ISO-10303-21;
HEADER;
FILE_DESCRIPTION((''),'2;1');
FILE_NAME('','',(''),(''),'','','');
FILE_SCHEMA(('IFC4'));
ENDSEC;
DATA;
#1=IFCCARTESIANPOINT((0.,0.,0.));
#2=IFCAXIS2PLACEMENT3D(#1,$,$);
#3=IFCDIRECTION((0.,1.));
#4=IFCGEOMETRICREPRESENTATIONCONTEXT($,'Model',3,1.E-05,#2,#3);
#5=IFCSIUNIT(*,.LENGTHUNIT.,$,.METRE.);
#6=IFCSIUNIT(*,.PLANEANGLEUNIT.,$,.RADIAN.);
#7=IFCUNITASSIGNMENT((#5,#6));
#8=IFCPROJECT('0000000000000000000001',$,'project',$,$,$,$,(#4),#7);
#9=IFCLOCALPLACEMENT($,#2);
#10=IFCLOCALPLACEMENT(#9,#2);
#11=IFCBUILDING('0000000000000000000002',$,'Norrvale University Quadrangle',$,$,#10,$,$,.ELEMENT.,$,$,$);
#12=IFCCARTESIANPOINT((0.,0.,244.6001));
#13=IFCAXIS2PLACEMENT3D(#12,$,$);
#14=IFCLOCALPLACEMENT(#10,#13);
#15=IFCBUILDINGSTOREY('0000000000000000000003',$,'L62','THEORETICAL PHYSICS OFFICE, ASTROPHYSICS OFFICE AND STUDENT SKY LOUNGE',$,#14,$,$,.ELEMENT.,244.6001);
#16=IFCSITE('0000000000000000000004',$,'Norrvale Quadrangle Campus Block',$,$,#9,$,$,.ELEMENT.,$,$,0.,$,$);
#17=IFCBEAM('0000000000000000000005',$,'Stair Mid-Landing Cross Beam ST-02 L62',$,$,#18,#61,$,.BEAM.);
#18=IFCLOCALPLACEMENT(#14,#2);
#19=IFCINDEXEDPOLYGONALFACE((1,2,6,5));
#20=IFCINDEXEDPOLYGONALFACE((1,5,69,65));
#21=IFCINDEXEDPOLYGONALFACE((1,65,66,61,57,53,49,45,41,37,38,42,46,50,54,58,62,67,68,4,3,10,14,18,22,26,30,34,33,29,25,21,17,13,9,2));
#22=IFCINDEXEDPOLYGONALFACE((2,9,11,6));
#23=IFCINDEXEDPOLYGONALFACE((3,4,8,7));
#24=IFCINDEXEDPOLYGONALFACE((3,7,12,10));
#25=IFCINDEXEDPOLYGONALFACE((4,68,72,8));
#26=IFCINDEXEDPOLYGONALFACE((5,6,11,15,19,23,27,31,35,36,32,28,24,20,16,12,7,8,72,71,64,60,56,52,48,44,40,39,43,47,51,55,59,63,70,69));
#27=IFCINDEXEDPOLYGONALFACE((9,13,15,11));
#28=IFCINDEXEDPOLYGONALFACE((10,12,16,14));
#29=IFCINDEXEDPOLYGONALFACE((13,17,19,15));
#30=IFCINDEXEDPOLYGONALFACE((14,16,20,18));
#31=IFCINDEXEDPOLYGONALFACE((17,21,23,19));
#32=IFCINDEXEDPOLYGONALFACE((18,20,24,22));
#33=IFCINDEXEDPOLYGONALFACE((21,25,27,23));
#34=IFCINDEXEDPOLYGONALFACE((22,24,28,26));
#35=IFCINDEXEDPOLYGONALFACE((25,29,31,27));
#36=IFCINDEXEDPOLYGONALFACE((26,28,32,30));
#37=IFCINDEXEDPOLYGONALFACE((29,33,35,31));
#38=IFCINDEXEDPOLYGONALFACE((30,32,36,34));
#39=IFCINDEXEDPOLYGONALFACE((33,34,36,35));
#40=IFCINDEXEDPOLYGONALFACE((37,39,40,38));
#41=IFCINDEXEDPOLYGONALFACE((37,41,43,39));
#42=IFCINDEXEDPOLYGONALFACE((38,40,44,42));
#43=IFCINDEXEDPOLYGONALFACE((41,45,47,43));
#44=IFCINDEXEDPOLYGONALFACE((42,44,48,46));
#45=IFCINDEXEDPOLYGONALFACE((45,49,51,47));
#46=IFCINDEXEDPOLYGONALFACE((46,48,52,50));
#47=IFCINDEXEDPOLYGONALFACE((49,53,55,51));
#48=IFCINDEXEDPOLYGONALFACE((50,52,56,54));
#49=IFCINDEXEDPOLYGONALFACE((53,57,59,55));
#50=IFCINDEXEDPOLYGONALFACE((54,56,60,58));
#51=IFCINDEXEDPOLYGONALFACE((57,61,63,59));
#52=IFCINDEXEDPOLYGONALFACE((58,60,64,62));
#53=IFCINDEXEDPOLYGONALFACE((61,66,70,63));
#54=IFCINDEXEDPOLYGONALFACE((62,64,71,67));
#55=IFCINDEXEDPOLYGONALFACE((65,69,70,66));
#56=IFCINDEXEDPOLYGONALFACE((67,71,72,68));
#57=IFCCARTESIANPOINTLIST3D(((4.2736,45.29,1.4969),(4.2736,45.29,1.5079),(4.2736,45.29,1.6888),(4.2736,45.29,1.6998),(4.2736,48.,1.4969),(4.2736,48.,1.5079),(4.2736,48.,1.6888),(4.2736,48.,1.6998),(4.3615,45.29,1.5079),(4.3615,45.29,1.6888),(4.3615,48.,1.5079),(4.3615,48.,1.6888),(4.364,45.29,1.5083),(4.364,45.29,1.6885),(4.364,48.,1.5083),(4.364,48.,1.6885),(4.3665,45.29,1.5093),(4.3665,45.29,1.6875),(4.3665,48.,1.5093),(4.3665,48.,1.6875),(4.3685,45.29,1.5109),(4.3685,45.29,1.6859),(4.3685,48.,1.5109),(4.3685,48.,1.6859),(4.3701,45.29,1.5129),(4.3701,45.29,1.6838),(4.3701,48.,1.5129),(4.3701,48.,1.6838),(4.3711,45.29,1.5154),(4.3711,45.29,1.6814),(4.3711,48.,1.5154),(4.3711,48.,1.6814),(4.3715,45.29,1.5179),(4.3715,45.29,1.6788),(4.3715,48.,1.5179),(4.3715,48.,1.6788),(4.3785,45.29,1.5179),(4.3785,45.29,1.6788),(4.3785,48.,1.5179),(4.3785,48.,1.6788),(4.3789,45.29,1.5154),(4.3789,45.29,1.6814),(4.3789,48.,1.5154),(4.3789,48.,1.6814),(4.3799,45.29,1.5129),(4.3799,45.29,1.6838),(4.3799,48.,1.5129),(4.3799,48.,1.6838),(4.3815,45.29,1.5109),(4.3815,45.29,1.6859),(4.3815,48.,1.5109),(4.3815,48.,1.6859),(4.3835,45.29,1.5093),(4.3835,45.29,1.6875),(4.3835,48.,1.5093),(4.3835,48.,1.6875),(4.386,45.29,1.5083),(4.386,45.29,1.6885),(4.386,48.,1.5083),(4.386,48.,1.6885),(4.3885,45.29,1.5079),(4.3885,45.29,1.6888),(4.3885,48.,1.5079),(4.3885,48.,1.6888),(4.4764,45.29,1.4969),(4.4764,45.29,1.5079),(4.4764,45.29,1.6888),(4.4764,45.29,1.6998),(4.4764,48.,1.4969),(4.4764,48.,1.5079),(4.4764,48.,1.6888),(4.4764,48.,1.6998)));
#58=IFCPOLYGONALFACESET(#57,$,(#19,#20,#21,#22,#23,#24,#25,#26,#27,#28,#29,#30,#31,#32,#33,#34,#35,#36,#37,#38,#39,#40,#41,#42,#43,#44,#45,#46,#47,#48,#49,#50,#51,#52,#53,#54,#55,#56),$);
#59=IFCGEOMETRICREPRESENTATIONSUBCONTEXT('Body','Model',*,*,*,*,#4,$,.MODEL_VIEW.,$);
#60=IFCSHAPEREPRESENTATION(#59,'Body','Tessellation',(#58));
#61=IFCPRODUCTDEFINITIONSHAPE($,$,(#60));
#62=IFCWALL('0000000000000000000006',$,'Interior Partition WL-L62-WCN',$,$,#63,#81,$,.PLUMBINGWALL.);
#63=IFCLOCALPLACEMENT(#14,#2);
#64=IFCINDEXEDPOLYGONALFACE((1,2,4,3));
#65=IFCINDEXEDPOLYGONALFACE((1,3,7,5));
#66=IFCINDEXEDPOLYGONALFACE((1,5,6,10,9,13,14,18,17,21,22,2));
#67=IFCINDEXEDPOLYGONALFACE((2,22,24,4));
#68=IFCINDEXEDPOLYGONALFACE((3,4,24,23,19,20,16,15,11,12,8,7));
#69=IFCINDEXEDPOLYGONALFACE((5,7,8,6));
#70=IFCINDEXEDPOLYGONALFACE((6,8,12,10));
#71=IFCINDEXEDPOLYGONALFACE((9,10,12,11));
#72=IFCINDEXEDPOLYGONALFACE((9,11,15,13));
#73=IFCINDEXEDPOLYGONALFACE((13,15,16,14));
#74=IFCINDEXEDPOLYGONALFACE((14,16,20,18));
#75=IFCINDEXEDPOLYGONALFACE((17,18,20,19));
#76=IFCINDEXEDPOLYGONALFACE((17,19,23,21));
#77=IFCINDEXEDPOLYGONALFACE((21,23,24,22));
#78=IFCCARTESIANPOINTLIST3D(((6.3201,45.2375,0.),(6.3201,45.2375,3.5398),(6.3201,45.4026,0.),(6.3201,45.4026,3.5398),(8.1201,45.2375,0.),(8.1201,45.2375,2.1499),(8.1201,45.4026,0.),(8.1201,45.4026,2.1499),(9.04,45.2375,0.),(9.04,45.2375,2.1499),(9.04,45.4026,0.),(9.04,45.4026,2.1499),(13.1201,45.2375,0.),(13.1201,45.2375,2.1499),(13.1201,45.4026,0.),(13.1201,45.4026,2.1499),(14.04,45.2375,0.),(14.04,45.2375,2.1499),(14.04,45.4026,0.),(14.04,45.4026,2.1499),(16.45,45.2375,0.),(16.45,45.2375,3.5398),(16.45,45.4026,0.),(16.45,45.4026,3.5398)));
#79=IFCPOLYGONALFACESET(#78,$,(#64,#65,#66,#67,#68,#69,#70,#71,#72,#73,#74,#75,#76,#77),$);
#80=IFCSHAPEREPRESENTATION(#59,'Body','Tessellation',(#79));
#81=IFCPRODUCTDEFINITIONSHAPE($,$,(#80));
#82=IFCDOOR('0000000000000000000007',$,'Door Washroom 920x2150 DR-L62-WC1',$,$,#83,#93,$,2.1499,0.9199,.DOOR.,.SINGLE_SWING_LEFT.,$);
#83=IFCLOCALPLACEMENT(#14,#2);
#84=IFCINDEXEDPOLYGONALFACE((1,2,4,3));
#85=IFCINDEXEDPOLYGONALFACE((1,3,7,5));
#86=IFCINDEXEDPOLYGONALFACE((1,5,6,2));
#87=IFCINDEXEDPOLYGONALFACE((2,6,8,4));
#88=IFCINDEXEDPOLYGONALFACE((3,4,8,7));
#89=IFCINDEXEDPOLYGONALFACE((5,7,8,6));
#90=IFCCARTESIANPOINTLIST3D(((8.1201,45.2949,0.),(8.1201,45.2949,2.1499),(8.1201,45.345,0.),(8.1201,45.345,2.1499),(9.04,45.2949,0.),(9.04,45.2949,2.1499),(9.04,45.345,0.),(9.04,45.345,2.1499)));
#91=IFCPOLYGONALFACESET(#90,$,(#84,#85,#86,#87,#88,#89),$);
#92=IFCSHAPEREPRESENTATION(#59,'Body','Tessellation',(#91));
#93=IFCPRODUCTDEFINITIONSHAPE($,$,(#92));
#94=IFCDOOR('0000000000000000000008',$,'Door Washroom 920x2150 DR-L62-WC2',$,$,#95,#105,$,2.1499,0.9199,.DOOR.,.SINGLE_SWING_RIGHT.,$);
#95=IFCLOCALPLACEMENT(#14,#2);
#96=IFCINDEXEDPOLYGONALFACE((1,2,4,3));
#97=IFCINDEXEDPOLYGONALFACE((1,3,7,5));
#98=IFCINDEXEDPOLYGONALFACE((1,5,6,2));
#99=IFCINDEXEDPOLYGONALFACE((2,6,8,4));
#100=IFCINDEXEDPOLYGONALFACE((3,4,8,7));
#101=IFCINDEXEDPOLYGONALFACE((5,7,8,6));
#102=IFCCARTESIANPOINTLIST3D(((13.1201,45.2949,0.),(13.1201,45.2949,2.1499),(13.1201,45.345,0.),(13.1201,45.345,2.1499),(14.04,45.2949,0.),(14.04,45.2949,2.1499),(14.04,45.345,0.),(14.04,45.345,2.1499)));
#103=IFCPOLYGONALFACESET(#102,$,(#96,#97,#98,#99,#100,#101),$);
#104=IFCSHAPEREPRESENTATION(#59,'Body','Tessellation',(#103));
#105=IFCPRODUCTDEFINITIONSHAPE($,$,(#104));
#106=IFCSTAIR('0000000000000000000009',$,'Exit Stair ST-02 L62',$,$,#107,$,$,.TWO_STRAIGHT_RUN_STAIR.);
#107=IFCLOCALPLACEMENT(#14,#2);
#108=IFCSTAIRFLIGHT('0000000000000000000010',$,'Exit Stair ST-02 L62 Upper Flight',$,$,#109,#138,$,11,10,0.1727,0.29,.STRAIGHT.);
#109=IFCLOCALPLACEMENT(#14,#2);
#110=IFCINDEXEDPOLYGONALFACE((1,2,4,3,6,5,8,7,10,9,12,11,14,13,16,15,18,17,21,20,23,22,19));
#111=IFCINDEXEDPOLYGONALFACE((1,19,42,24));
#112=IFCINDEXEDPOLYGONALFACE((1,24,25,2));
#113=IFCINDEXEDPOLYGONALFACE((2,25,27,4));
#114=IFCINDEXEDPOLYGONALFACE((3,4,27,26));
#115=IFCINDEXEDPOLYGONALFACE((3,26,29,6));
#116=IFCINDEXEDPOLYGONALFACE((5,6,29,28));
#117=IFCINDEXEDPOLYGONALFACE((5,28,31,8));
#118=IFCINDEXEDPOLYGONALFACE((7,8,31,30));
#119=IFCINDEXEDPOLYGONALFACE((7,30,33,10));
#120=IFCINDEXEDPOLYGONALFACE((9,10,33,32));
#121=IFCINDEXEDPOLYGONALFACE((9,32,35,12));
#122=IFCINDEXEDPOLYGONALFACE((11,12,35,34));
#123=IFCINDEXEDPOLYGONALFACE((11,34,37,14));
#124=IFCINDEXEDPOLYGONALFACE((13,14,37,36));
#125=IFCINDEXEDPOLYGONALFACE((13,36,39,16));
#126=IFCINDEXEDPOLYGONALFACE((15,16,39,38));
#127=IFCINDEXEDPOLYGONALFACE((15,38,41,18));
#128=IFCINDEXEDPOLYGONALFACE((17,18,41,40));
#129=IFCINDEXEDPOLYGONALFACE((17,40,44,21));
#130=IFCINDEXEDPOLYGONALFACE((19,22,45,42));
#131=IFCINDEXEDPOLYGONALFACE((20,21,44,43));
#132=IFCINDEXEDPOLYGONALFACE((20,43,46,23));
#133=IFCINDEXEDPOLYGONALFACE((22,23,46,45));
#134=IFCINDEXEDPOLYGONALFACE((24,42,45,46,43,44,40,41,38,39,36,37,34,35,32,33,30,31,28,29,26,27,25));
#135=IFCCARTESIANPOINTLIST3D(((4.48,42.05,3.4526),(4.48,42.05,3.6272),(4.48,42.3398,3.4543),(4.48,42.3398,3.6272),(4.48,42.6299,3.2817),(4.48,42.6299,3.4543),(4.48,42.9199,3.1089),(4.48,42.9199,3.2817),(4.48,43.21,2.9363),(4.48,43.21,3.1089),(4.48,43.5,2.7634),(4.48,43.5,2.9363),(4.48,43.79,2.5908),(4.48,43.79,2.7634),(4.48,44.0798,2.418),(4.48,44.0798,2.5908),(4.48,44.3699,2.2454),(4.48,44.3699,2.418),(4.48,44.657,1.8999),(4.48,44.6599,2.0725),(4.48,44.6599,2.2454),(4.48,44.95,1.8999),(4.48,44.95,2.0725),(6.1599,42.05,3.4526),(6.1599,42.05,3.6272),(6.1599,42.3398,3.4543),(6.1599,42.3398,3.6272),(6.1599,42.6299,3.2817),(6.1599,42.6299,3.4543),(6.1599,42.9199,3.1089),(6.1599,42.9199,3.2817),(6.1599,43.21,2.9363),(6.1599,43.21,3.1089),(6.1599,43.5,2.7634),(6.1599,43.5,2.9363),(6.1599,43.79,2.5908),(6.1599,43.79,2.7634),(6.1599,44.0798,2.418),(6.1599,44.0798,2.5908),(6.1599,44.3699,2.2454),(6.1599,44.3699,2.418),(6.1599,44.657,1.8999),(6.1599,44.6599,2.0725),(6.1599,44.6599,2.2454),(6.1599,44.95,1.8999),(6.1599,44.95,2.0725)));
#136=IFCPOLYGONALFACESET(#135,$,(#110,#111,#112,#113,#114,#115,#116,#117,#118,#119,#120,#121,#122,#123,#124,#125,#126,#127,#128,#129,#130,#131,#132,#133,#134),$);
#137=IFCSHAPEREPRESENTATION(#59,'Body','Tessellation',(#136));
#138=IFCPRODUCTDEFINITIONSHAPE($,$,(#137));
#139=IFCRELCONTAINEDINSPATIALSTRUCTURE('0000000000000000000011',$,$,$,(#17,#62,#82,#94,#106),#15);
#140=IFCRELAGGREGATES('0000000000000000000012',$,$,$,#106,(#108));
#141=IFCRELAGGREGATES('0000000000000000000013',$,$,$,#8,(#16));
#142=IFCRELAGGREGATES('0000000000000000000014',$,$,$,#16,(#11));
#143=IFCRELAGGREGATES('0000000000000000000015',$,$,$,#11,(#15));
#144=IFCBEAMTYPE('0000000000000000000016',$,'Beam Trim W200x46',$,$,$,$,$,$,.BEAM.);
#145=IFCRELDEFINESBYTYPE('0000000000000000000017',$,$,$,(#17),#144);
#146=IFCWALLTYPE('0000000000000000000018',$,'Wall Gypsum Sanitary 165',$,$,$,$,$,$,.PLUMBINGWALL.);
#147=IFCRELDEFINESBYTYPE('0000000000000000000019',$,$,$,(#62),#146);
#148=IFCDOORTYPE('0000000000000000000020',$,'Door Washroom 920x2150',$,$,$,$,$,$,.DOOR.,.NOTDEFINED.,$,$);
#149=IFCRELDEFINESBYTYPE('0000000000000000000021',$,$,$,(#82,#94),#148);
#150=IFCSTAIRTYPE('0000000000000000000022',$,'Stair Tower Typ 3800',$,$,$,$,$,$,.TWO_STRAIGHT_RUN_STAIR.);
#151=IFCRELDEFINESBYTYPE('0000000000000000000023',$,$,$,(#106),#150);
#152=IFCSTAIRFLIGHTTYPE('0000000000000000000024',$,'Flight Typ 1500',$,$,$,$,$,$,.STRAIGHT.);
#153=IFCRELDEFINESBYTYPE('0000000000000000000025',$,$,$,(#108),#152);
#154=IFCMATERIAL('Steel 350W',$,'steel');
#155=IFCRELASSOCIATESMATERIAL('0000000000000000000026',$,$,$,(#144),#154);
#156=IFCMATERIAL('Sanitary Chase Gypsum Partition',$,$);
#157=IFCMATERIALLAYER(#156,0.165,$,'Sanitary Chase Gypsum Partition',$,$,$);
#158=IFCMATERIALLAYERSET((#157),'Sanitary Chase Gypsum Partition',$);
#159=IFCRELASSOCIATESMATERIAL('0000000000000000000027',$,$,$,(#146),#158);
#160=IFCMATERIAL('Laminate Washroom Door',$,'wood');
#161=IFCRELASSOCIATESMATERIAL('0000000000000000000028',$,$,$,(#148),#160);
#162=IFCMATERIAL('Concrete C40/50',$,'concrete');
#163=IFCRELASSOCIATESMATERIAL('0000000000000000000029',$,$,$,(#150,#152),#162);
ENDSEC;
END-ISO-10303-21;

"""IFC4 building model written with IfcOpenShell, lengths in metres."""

from ifc_helpers import new_model, si_unit, direction, frame, frame_2d, origin, origin_2d, place, context, subcontext, project, spatial, polyline, rectangle, i_section, outline, extrude, material, layer, layer_set, material_profile, profile_set, type_object, element, fill, aggregate, save


model = new_model("IFC4")

# Units and contexts
model_context = context("Model", 3, precision=1e-05, world=origin(), true_north=direction((0.0, 1.0)))
body_context = subcontext(model_context, "Body", "Model", "MODEL_VIEW")
ifc_project = project(units=[si_unit("LENGTHUNIT", "METRE"), si_unit("PLANEANGLEUNIT", "RADIAN")], contexts=[model_context])

# Site, building, storey
site_placement = place(None, origin())
site = spatial("IfcSite", under=ifc_project, at=site_placement, Name="Norrvale Quadrangle Campus Block", CompositionType="ELEMENT", RefElevation=0.0)
building_placement = place(site_placement, origin())
building = spatial("IfcBuilding", under=site, at=building_placement, Name="Norrvale University Quadrangle", CompositionType="ELEMENT")
storey_placement = place(building_placement, frame((0.0, 0.0, 244.6001)))
storey = spatial("IfcBuildingStorey", under=building, at=storey_placement, Name="L62", Description="THEORETICAL PHYSICS OFFICE, ASTROPHYSICS OFFICE AND STUDENT SKY LOUNGE", CompositionType="ELEMENT", Elevation=244.6001)

# Beam
ifc_material_1 = material(Name="Steel 350W", Category="steel")
ifc_material_profile_1 = material_profile(ifc_material_1, i_section(OverallWidth=0.2029, OverallDepth=0.2029, WebThickness=0.0071, FlangeThickness=0.011, FilletRadius=0.01, at=origin_2d()), Name="Steel 350W")
ifc_profile_set_1 = profile_set([ifc_material_profile_1], Name="Steel 350W")
beam_type_1 = type_object("IfcBeamType", Name="Beam Trim W200x46", PredefinedType="BEAM", material=ifc_profile_set_1)
beam_1_placement = place(storey_placement, frame((4.375, 45.29, 1.5984), z_axis=(0.0, 1.0, 0.0), x_axis=(-1.0, 0.0, 0.0)))
element("IfcBeam", 1, at=beam_1_placement, inside=storey, type_object=beam_type_1, Name="Stair Mid-Landing Cross Beam ST-02 L62", PredefinedType="BEAM", context=body_context, shape_type="SweptSolid", body=[
    extrude(i_section(OverallWidth=0.2029, OverallDepth=0.2029, WebThickness=0.0071, FlangeThickness=0.011, FilletRadius=0.01, at=origin_2d()), origin(), (0.0, 0.0, 1.0), 2.71),
])

# Wall, openings, doors
ifc_material_2 = material(Name="Sanitary Chase Gypsum Partition")
ifc_layer = layer(ifc_material_2, 0.165, Name="Sanitary Chase Gypsum Partition")
ifc_layer_set = layer_set([ifc_layer], Name="Sanitary Chase Gypsum Partition")
wall_type = type_object("IfcWallType", Name="Wall Gypsum Sanitary 165", PredefinedType="PLUMBINGWALL", material=ifc_layer_set)
wall_placement = place(storey_placement, frame((6.3201, 45.3201, 0.0), z_axis=(0.0, 0.0, 1.0), x_axis=(1.0, 0.0, 0.0)))
wall = element("IfcWall", 2, at=wall_placement, inside=storey, type_object=wall_type, Name="Interior Partition WL-L62-WCN", PredefinedType="PLUMBINGWALL", context=body_context, shape_type="SweptSolid", body=[
    extrude(rectangle(XDim=10.1299, YDim=0.165, at=frame_2d((5.0649, 0.0))), origin(), (0.0, 0.0, 1.0), 3.5398),
])
opening_1_placement = place(wall_placement, frame((1.8, 0.0, 0.0)))
opening_1 = element("IfcOpeningElement", 3, at=opening_1_placement, cuts=wall, PredefinedType="OPENING", context=body_context, shape_type="SweptSolid", body=[
    extrude(rectangle(XDim=0.9199, YDim=2.1499, at=frame_2d((0.46, 1.075))), frame((0.0, 0.0945, 0.0), z_axis=(0.0, -1.0, 0.0), x_axis=(1.0, 0.0, 0.0)), (0.0, 0.0, 1.0), 0.189),
])
opening_2_placement = place(wall_placement, frame((6.8, 0.0, 0.0)))
opening_2 = element("IfcOpeningElement", 4, at=opening_2_placement, cuts=wall, PredefinedType="OPENING", context=body_context, shape_type="SweptSolid", body=[
    extrude(rectangle(XDim=0.9199, YDim=2.1499, at=frame_2d((0.46, 1.075))), frame((0.0, 0.0945, 0.0), z_axis=(0.0, -1.0, 0.0), x_axis=(1.0, 0.0, 0.0)), (0.0, 0.0, 1.0), 0.189),
])
ifc_material_3 = material(Name="Laminate Washroom Door", Category="wood")
door_type = type_object("IfcDoorType", Name="Door Washroom 920x2150", OperationType="NOTDEFINED", PredefinedType="DOOR", material=ifc_material_3)
door_1_placement = place(opening_1_placement, origin())
door_1 = element("IfcDoor", 5, at=door_1_placement, inside=storey, type_object=door_type, Name="Door Washroom 920x2150 DR-L62-WC1", OperationType="SINGLE_SWING_LEFT", OverallHeight=2.1499, OverallWidth=0.9199, PredefinedType="DOOR", context=body_context, shape_type="SweptSolid", body=[
    extrude(rectangle(XDim=0.9199, YDim=2.1499, at=frame_2d((0.46, 1.075))), frame((0.0, 0.0249, 0.0), z_axis=(0.0, -1.0, 0.0), x_axis=(1.0, 0.0, 0.0)), (0.0, 0.0, 1.0), 0.05),
])
fill(opening_1, door_1)
door_2_placement = place(opening_2_placement, origin())
door_2 = element("IfcDoor", 6, at=door_2_placement, inside=storey, type_object=door_type, Name="Door Washroom 920x2150 DR-L62-WC2", OperationType="SINGLE_SWING_RIGHT", OverallHeight=2.1499, OverallWidth=0.9199, PredefinedType="DOOR", context=body_context, shape_type="SweptSolid", body=[
    extrude(rectangle(XDim=0.9199, YDim=2.1499, at=frame_2d((0.46, 1.075))), frame((0.0, 0.0249, 0.0), z_axis=(0.0, -1.0, 0.0), x_axis=(1.0, 0.0, 0.0)), (0.0, 0.0, 1.0), 0.05),
])
fill(opening_2, door_2)

# Stair, stair flight
ifc_material_4 = material(Name="Concrete C40/50", Category="concrete")
stair_type = type_object("IfcStairType", Name="Stair Tower Typ 3800", PredefinedType="TWO_STRAIGHT_RUN_STAIR", material=ifc_material_4)
stair_placement = place(storey_placement, origin())
stair = element("IfcStair", 7, at=stair_placement, inside=storey, type_object=stair_type, Name="Exit Stair ST-02 L62", PredefinedType="TWO_STRAIGHT_RUN_STAIR")
stair_flight_type = type_object("IfcStairFlightType", Name="Flight Typ 1500", PredefinedType="STRAIGHT", material=ifc_material_4)
stair_flight_placement = place(storey_placement, frame((5.3201, 44.95, 1.8999), z_axis=(0.0, 0.0, 1.0), x_axis=(0.0, -1.0, 0.0)))
stair_flight = element("IfcStairFlight", 8, at=stair_flight_placement, type_object=stair_flight_type, Name="Exit Stair ST-02 L62 Upper Flight", NumberOfRisers=11, NumberOfTreads=10, PredefinedType="STRAIGHT", RiserHeight=0.1727, TreadLength=0.29, context=body_context, shape_type="SweptSolid", body=[
    extrude(outline(polyline([(0.0, 0.0), (0.0, 0.1726), (0.29, 0.1726), (0.29, 0.3455), (0.5801, 0.3455), (0.5801, 0.5181), (0.8701, 0.5181), (0.8701, 0.6909), (1.1599, 0.6909), (1.1599, 0.8635), (1.45, 0.8635), (1.45, 1.0364), (1.74, 1.0364), (1.74, 1.209), (2.03, 1.209), (2.03, 1.3818), (2.3201, 1.3818), (2.3201, 1.5544), (2.6101, 1.5544), (2.6101, 1.7273), (2.8999, 1.7273), (2.8999, 1.8999), (2.8999, 1.5527), (0.293, 0.0), (0.0, 0.0)])), frame((0.0, 0.8398, 0.0), z_axis=(0.0, -1.0, 0.0), x_axis=(1.0, 0.0, 0.0)), (0.0, 0.0, 1.0), 1.6799),
])
aggregate(stair, [stair_flight])

save(model, "model.ifc")
